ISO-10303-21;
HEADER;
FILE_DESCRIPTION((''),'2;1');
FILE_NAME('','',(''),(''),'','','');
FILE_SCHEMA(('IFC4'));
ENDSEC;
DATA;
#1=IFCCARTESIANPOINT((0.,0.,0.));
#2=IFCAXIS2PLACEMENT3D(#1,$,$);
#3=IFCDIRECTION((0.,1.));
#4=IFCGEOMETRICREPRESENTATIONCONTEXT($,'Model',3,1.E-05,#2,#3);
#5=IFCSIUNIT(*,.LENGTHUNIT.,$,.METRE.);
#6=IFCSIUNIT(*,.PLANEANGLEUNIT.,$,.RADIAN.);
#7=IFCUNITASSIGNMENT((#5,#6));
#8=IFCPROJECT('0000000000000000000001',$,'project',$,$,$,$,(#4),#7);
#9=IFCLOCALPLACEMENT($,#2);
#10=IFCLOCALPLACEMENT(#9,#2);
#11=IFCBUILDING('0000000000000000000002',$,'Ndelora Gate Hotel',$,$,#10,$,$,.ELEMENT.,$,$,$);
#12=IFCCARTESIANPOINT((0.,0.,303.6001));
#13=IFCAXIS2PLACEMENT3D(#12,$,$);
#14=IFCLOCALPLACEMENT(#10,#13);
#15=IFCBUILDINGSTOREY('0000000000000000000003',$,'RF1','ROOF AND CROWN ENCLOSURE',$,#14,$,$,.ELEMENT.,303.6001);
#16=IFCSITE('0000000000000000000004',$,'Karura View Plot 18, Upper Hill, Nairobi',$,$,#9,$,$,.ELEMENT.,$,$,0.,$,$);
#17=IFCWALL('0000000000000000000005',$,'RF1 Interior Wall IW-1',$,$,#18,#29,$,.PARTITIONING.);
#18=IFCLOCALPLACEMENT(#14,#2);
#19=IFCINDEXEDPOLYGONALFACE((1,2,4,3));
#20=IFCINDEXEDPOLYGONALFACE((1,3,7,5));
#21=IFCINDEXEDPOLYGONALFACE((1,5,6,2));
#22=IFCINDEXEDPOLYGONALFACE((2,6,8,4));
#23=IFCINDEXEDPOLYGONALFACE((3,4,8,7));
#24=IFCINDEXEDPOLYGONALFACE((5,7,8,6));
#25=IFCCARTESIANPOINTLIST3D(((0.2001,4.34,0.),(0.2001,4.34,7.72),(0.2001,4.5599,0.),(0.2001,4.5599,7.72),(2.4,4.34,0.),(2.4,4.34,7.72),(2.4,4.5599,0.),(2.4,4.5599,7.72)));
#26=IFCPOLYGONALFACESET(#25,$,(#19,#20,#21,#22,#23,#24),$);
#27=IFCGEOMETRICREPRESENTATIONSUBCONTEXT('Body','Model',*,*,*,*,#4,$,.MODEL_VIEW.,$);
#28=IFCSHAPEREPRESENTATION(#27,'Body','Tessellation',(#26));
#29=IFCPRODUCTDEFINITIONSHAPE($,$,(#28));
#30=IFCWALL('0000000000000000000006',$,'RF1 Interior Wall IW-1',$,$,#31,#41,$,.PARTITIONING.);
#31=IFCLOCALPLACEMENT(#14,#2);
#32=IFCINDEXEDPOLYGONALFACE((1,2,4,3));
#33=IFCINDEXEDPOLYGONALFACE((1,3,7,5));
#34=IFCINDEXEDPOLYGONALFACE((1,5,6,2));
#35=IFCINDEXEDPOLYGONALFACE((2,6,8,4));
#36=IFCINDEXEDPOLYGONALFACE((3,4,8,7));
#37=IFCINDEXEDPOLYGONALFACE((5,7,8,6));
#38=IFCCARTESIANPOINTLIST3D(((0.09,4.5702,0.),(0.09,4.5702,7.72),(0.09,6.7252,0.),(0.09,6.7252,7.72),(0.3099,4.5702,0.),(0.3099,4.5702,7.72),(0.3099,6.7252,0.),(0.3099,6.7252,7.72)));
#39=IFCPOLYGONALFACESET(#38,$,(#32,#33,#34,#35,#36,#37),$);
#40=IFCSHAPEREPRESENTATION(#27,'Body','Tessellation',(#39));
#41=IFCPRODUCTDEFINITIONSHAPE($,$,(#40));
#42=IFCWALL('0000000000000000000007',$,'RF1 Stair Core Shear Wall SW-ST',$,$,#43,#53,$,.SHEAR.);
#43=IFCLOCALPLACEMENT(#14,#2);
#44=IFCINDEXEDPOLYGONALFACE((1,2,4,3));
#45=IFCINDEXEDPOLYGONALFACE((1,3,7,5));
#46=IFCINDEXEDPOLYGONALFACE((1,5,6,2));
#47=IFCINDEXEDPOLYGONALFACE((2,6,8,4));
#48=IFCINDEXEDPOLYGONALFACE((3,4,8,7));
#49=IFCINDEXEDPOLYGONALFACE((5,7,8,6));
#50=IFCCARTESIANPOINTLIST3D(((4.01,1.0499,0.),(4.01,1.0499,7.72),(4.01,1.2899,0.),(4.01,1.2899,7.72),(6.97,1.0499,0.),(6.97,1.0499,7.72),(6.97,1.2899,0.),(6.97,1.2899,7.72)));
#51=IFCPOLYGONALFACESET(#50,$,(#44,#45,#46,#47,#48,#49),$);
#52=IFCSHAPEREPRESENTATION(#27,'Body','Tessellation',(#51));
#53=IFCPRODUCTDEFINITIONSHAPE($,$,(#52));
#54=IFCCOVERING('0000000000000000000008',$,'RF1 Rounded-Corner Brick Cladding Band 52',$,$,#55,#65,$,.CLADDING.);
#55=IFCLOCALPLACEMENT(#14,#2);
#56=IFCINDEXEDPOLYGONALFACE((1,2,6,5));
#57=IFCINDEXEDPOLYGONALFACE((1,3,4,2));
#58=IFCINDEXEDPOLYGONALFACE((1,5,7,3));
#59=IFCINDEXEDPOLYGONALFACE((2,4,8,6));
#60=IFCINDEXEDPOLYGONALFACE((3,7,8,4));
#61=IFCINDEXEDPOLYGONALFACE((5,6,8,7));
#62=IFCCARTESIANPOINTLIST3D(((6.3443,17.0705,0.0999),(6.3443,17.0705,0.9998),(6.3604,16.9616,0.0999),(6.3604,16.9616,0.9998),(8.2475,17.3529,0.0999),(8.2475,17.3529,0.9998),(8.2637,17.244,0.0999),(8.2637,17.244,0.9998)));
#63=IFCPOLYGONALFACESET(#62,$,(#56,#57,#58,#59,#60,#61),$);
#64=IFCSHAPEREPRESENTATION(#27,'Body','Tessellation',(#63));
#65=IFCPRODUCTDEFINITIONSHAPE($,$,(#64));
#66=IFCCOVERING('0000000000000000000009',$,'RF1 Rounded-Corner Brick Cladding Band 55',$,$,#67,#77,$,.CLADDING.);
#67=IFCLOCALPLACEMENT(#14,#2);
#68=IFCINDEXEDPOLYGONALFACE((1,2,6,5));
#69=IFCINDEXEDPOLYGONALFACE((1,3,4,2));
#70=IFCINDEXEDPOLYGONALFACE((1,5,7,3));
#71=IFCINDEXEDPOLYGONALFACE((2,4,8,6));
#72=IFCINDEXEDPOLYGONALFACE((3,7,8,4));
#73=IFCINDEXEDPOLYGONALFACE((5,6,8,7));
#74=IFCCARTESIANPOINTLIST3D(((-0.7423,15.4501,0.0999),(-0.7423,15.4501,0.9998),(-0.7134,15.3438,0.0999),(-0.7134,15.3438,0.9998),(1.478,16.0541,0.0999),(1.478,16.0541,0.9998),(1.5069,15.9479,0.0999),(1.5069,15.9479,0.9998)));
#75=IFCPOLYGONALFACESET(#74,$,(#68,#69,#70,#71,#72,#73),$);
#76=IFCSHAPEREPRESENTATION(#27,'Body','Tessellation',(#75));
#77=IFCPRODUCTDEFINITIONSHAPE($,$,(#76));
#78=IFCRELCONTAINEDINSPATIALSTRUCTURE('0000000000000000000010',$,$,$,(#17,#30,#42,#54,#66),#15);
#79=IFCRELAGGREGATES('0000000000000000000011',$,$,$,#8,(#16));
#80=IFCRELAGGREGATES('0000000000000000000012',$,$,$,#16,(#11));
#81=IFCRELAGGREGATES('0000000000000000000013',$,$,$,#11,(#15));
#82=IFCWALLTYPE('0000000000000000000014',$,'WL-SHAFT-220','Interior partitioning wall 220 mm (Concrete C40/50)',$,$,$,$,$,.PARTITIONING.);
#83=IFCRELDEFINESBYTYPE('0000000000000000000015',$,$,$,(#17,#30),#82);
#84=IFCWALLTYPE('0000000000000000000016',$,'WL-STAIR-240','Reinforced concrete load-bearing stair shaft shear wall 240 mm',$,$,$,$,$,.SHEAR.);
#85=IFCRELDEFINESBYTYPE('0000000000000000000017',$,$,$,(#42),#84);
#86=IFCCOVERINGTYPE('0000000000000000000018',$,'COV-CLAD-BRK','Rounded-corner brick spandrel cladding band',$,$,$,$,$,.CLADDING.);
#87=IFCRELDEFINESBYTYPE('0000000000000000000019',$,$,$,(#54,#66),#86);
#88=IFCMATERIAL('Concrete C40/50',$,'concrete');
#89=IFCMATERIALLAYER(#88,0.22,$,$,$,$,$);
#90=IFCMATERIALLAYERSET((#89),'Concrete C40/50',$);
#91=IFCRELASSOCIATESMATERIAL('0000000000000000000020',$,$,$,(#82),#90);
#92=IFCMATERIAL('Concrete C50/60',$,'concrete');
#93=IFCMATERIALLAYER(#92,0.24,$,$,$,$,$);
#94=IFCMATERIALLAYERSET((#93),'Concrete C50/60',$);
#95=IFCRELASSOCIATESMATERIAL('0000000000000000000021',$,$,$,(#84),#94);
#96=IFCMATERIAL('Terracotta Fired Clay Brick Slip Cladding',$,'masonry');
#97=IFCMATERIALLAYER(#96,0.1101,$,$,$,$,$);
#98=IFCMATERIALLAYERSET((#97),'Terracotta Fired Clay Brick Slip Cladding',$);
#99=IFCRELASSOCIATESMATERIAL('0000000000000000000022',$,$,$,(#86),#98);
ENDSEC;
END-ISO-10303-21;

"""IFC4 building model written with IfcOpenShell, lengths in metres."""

from ifc_helpers import new_model, si_unit, direction, frame, frame_2d, origin, origin_2d, place, context, subcontext, project, spatial, rectangle, extrude, material, layer, layer_set, type_object, element, save


model = new_model("IFC4")

# Units and contexts
model_context = context("Model", 3, precision=1e-05, world=origin(), true_north=direction((0.0, 1.0)))
body_context = subcontext(model_context, "Body", "Model", "MODEL_VIEW")
ifc_project = project(units=[si_unit("LENGTHUNIT", "METRE"), si_unit("PLANEANGLEUNIT", "RADIAN")], contexts=[model_context])

# Site, building, storey
site_placement = place(None, origin())
site = spatial("IfcSite", under=ifc_project, at=site_placement, Name="Karura View Plot 18, Upper Hill, Nairobi", CompositionType="ELEMENT", RefElevation=0.0)
building_placement = place(site_placement, origin())
building = spatial("IfcBuilding", under=site, at=building_placement, Name="Ndelora Gate Hotel", CompositionType="ELEMENT")
storey_placement = place(building_placement, frame((0.0, 0.0, 303.6001)))
storey = spatial("IfcBuildingStorey", under=building, at=storey_placement, Name="RF1", Description="ROOF AND CROWN ENCLOSURE", CompositionType="ELEMENT", Elevation=303.6001)

# Shared definitions
ifc_material_1 = material(Name="Concrete C50/60", Category="concrete")

# Walls
ifc_material_2 = material(Name="Concrete C40/50", Category="concrete")
ifc_layer_1 = layer(ifc_material_2, 0.22)
ifc_layer_set_1 = layer_set([ifc_layer_1], Name="Concrete C40/50")
wall_type_1 = type_object("IfcWallType", Name="WL-SHAFT-220", Description="Interior partitioning wall 220 mm (Concrete C40/50)", PredefinedType="PARTITIONING", material=ifc_layer_set_1)
wall_1_placement = place(storey_placement, frame((0.2, 4.45, 0.0), z_axis=(0.0, 0.0, 1.0), x_axis=(1.0, 0.0, 0.0)))
element("IfcWall", 1, at=wall_1_placement, inside=storey, type_object=wall_type_1, Name="RF1 Interior Wall IW-1", PredefinedType="PARTITIONING", context=body_context, shape_type="SweptSolid", body=[
    extrude(rectangle(XDim=2.2, YDim=0.22, at=frame_2d((1.1001, 0.0))), origin(), (0.0, 0.0, 1.0), 7.72),
])
wall_2_placement = place(storey_placement, frame((0.2, 4.5701, 0.0), z_axis=(0.0, 0.0, 1.0), x_axis=(0.0, 1.0, 0.0)))
element("IfcWall", 2, at=wall_2_placement, inside=storey, type_object=wall_type_1, Name="RF1 Interior Wall IW-1", PredefinedType="PARTITIONING", context=body_context, shape_type="SweptSolid", body=[
    extrude(rectangle(XDim=2.155, YDim=0.22, at=frame_2d((1.0776, 0.0))), origin(), (0.0, 0.0, 1.0), 7.72),
])
ifc_layer_2 = layer(ifc_material_1, 0.24)
ifc_layer_set_2 = layer_set([ifc_layer_2], Name="Concrete C50/60")
wall_type_2 = type_object("IfcWallType", Name="WL-STAIR-240", Description="Reinforced concrete load-bearing stair shaft shear wall 240 mm", PredefinedType="SHEAR", material=ifc_layer_set_2)
wall_3_placement = place(storey_placement, frame((4.01, 1.1699, 0.0), z_axis=(0.0, 0.0, 1.0), x_axis=(1.0, 0.0, 0.0)))
element("IfcWall", 3, at=wall_3_placement, inside=storey, type_object=wall_type_2, Name="RF1 Stair Core Shear Wall SW-ST", PredefinedType="SHEAR", context=body_context, shape_type="SweptSolid", body=[
    extrude(rectangle(XDim=2.96, YDim=0.24, at=frame_2d((1.48, 0.0))), origin(), (0.0, 0.0, 1.0), 7.72),
])

# Coverings
ifc_material_3 = material(Name="Terracotta Fired Clay Brick Slip Cladding", Category="masonry")
ifc_layer_3 = layer(ifc_material_3, 0.1101)
ifc_layer_set_3 = layer_set([ifc_layer_3], Name="Terracotta Fired Clay Brick Slip Cladding")
covering_type = type_object("IfcCoveringType", Name="COV-CLAD-BRK", Description="Rounded-corner brick spandrel cladding band", PredefinedType="CLADDING", material=ifc_layer_set_3)
covering_1_placement = place(storey_placement, frame((7.304, 17.1572, 0.0999), z_axis=(0.0, 0.0, 1.0), x_axis=(0.98917, 0.146774, 0.0)))
element("IfcCovering", 4, at=covering_1_placement, inside=storey, type_object=covering_type, Name="RF1 Rounded-Corner Brick Cladding Band 52", PredefinedType="CLADDING", context=body_context, shape_type="SweptSolid", body=[
    extrude(rectangle(XDim=1.9241, YDim=0.1101, at=origin_2d()), origin(), (0.0, 0.0, 1.0), 0.8999),
])
covering_2_placement = place(storey_placement, frame((0.3823, 15.699, 0.0999), z_axis=(0.0, 0.0, 1.0), x_axis=(0.964925, 0.262526, 0.0)))
element("IfcCovering", 5, at=covering_2_placement, inside=storey, type_object=covering_type, Name="RF1 Rounded-Corner Brick Cladding Band 55", PredefinedType="CLADDING", context=body_context, shape_type="SweptSolid", body=[
    extrude(rectangle(XDim=2.301, YDim=0.1101, at=origin_2d()), origin(), (0.0, 0.0, 1.0), 0.8999),
])

save(model, "model.ifc")
